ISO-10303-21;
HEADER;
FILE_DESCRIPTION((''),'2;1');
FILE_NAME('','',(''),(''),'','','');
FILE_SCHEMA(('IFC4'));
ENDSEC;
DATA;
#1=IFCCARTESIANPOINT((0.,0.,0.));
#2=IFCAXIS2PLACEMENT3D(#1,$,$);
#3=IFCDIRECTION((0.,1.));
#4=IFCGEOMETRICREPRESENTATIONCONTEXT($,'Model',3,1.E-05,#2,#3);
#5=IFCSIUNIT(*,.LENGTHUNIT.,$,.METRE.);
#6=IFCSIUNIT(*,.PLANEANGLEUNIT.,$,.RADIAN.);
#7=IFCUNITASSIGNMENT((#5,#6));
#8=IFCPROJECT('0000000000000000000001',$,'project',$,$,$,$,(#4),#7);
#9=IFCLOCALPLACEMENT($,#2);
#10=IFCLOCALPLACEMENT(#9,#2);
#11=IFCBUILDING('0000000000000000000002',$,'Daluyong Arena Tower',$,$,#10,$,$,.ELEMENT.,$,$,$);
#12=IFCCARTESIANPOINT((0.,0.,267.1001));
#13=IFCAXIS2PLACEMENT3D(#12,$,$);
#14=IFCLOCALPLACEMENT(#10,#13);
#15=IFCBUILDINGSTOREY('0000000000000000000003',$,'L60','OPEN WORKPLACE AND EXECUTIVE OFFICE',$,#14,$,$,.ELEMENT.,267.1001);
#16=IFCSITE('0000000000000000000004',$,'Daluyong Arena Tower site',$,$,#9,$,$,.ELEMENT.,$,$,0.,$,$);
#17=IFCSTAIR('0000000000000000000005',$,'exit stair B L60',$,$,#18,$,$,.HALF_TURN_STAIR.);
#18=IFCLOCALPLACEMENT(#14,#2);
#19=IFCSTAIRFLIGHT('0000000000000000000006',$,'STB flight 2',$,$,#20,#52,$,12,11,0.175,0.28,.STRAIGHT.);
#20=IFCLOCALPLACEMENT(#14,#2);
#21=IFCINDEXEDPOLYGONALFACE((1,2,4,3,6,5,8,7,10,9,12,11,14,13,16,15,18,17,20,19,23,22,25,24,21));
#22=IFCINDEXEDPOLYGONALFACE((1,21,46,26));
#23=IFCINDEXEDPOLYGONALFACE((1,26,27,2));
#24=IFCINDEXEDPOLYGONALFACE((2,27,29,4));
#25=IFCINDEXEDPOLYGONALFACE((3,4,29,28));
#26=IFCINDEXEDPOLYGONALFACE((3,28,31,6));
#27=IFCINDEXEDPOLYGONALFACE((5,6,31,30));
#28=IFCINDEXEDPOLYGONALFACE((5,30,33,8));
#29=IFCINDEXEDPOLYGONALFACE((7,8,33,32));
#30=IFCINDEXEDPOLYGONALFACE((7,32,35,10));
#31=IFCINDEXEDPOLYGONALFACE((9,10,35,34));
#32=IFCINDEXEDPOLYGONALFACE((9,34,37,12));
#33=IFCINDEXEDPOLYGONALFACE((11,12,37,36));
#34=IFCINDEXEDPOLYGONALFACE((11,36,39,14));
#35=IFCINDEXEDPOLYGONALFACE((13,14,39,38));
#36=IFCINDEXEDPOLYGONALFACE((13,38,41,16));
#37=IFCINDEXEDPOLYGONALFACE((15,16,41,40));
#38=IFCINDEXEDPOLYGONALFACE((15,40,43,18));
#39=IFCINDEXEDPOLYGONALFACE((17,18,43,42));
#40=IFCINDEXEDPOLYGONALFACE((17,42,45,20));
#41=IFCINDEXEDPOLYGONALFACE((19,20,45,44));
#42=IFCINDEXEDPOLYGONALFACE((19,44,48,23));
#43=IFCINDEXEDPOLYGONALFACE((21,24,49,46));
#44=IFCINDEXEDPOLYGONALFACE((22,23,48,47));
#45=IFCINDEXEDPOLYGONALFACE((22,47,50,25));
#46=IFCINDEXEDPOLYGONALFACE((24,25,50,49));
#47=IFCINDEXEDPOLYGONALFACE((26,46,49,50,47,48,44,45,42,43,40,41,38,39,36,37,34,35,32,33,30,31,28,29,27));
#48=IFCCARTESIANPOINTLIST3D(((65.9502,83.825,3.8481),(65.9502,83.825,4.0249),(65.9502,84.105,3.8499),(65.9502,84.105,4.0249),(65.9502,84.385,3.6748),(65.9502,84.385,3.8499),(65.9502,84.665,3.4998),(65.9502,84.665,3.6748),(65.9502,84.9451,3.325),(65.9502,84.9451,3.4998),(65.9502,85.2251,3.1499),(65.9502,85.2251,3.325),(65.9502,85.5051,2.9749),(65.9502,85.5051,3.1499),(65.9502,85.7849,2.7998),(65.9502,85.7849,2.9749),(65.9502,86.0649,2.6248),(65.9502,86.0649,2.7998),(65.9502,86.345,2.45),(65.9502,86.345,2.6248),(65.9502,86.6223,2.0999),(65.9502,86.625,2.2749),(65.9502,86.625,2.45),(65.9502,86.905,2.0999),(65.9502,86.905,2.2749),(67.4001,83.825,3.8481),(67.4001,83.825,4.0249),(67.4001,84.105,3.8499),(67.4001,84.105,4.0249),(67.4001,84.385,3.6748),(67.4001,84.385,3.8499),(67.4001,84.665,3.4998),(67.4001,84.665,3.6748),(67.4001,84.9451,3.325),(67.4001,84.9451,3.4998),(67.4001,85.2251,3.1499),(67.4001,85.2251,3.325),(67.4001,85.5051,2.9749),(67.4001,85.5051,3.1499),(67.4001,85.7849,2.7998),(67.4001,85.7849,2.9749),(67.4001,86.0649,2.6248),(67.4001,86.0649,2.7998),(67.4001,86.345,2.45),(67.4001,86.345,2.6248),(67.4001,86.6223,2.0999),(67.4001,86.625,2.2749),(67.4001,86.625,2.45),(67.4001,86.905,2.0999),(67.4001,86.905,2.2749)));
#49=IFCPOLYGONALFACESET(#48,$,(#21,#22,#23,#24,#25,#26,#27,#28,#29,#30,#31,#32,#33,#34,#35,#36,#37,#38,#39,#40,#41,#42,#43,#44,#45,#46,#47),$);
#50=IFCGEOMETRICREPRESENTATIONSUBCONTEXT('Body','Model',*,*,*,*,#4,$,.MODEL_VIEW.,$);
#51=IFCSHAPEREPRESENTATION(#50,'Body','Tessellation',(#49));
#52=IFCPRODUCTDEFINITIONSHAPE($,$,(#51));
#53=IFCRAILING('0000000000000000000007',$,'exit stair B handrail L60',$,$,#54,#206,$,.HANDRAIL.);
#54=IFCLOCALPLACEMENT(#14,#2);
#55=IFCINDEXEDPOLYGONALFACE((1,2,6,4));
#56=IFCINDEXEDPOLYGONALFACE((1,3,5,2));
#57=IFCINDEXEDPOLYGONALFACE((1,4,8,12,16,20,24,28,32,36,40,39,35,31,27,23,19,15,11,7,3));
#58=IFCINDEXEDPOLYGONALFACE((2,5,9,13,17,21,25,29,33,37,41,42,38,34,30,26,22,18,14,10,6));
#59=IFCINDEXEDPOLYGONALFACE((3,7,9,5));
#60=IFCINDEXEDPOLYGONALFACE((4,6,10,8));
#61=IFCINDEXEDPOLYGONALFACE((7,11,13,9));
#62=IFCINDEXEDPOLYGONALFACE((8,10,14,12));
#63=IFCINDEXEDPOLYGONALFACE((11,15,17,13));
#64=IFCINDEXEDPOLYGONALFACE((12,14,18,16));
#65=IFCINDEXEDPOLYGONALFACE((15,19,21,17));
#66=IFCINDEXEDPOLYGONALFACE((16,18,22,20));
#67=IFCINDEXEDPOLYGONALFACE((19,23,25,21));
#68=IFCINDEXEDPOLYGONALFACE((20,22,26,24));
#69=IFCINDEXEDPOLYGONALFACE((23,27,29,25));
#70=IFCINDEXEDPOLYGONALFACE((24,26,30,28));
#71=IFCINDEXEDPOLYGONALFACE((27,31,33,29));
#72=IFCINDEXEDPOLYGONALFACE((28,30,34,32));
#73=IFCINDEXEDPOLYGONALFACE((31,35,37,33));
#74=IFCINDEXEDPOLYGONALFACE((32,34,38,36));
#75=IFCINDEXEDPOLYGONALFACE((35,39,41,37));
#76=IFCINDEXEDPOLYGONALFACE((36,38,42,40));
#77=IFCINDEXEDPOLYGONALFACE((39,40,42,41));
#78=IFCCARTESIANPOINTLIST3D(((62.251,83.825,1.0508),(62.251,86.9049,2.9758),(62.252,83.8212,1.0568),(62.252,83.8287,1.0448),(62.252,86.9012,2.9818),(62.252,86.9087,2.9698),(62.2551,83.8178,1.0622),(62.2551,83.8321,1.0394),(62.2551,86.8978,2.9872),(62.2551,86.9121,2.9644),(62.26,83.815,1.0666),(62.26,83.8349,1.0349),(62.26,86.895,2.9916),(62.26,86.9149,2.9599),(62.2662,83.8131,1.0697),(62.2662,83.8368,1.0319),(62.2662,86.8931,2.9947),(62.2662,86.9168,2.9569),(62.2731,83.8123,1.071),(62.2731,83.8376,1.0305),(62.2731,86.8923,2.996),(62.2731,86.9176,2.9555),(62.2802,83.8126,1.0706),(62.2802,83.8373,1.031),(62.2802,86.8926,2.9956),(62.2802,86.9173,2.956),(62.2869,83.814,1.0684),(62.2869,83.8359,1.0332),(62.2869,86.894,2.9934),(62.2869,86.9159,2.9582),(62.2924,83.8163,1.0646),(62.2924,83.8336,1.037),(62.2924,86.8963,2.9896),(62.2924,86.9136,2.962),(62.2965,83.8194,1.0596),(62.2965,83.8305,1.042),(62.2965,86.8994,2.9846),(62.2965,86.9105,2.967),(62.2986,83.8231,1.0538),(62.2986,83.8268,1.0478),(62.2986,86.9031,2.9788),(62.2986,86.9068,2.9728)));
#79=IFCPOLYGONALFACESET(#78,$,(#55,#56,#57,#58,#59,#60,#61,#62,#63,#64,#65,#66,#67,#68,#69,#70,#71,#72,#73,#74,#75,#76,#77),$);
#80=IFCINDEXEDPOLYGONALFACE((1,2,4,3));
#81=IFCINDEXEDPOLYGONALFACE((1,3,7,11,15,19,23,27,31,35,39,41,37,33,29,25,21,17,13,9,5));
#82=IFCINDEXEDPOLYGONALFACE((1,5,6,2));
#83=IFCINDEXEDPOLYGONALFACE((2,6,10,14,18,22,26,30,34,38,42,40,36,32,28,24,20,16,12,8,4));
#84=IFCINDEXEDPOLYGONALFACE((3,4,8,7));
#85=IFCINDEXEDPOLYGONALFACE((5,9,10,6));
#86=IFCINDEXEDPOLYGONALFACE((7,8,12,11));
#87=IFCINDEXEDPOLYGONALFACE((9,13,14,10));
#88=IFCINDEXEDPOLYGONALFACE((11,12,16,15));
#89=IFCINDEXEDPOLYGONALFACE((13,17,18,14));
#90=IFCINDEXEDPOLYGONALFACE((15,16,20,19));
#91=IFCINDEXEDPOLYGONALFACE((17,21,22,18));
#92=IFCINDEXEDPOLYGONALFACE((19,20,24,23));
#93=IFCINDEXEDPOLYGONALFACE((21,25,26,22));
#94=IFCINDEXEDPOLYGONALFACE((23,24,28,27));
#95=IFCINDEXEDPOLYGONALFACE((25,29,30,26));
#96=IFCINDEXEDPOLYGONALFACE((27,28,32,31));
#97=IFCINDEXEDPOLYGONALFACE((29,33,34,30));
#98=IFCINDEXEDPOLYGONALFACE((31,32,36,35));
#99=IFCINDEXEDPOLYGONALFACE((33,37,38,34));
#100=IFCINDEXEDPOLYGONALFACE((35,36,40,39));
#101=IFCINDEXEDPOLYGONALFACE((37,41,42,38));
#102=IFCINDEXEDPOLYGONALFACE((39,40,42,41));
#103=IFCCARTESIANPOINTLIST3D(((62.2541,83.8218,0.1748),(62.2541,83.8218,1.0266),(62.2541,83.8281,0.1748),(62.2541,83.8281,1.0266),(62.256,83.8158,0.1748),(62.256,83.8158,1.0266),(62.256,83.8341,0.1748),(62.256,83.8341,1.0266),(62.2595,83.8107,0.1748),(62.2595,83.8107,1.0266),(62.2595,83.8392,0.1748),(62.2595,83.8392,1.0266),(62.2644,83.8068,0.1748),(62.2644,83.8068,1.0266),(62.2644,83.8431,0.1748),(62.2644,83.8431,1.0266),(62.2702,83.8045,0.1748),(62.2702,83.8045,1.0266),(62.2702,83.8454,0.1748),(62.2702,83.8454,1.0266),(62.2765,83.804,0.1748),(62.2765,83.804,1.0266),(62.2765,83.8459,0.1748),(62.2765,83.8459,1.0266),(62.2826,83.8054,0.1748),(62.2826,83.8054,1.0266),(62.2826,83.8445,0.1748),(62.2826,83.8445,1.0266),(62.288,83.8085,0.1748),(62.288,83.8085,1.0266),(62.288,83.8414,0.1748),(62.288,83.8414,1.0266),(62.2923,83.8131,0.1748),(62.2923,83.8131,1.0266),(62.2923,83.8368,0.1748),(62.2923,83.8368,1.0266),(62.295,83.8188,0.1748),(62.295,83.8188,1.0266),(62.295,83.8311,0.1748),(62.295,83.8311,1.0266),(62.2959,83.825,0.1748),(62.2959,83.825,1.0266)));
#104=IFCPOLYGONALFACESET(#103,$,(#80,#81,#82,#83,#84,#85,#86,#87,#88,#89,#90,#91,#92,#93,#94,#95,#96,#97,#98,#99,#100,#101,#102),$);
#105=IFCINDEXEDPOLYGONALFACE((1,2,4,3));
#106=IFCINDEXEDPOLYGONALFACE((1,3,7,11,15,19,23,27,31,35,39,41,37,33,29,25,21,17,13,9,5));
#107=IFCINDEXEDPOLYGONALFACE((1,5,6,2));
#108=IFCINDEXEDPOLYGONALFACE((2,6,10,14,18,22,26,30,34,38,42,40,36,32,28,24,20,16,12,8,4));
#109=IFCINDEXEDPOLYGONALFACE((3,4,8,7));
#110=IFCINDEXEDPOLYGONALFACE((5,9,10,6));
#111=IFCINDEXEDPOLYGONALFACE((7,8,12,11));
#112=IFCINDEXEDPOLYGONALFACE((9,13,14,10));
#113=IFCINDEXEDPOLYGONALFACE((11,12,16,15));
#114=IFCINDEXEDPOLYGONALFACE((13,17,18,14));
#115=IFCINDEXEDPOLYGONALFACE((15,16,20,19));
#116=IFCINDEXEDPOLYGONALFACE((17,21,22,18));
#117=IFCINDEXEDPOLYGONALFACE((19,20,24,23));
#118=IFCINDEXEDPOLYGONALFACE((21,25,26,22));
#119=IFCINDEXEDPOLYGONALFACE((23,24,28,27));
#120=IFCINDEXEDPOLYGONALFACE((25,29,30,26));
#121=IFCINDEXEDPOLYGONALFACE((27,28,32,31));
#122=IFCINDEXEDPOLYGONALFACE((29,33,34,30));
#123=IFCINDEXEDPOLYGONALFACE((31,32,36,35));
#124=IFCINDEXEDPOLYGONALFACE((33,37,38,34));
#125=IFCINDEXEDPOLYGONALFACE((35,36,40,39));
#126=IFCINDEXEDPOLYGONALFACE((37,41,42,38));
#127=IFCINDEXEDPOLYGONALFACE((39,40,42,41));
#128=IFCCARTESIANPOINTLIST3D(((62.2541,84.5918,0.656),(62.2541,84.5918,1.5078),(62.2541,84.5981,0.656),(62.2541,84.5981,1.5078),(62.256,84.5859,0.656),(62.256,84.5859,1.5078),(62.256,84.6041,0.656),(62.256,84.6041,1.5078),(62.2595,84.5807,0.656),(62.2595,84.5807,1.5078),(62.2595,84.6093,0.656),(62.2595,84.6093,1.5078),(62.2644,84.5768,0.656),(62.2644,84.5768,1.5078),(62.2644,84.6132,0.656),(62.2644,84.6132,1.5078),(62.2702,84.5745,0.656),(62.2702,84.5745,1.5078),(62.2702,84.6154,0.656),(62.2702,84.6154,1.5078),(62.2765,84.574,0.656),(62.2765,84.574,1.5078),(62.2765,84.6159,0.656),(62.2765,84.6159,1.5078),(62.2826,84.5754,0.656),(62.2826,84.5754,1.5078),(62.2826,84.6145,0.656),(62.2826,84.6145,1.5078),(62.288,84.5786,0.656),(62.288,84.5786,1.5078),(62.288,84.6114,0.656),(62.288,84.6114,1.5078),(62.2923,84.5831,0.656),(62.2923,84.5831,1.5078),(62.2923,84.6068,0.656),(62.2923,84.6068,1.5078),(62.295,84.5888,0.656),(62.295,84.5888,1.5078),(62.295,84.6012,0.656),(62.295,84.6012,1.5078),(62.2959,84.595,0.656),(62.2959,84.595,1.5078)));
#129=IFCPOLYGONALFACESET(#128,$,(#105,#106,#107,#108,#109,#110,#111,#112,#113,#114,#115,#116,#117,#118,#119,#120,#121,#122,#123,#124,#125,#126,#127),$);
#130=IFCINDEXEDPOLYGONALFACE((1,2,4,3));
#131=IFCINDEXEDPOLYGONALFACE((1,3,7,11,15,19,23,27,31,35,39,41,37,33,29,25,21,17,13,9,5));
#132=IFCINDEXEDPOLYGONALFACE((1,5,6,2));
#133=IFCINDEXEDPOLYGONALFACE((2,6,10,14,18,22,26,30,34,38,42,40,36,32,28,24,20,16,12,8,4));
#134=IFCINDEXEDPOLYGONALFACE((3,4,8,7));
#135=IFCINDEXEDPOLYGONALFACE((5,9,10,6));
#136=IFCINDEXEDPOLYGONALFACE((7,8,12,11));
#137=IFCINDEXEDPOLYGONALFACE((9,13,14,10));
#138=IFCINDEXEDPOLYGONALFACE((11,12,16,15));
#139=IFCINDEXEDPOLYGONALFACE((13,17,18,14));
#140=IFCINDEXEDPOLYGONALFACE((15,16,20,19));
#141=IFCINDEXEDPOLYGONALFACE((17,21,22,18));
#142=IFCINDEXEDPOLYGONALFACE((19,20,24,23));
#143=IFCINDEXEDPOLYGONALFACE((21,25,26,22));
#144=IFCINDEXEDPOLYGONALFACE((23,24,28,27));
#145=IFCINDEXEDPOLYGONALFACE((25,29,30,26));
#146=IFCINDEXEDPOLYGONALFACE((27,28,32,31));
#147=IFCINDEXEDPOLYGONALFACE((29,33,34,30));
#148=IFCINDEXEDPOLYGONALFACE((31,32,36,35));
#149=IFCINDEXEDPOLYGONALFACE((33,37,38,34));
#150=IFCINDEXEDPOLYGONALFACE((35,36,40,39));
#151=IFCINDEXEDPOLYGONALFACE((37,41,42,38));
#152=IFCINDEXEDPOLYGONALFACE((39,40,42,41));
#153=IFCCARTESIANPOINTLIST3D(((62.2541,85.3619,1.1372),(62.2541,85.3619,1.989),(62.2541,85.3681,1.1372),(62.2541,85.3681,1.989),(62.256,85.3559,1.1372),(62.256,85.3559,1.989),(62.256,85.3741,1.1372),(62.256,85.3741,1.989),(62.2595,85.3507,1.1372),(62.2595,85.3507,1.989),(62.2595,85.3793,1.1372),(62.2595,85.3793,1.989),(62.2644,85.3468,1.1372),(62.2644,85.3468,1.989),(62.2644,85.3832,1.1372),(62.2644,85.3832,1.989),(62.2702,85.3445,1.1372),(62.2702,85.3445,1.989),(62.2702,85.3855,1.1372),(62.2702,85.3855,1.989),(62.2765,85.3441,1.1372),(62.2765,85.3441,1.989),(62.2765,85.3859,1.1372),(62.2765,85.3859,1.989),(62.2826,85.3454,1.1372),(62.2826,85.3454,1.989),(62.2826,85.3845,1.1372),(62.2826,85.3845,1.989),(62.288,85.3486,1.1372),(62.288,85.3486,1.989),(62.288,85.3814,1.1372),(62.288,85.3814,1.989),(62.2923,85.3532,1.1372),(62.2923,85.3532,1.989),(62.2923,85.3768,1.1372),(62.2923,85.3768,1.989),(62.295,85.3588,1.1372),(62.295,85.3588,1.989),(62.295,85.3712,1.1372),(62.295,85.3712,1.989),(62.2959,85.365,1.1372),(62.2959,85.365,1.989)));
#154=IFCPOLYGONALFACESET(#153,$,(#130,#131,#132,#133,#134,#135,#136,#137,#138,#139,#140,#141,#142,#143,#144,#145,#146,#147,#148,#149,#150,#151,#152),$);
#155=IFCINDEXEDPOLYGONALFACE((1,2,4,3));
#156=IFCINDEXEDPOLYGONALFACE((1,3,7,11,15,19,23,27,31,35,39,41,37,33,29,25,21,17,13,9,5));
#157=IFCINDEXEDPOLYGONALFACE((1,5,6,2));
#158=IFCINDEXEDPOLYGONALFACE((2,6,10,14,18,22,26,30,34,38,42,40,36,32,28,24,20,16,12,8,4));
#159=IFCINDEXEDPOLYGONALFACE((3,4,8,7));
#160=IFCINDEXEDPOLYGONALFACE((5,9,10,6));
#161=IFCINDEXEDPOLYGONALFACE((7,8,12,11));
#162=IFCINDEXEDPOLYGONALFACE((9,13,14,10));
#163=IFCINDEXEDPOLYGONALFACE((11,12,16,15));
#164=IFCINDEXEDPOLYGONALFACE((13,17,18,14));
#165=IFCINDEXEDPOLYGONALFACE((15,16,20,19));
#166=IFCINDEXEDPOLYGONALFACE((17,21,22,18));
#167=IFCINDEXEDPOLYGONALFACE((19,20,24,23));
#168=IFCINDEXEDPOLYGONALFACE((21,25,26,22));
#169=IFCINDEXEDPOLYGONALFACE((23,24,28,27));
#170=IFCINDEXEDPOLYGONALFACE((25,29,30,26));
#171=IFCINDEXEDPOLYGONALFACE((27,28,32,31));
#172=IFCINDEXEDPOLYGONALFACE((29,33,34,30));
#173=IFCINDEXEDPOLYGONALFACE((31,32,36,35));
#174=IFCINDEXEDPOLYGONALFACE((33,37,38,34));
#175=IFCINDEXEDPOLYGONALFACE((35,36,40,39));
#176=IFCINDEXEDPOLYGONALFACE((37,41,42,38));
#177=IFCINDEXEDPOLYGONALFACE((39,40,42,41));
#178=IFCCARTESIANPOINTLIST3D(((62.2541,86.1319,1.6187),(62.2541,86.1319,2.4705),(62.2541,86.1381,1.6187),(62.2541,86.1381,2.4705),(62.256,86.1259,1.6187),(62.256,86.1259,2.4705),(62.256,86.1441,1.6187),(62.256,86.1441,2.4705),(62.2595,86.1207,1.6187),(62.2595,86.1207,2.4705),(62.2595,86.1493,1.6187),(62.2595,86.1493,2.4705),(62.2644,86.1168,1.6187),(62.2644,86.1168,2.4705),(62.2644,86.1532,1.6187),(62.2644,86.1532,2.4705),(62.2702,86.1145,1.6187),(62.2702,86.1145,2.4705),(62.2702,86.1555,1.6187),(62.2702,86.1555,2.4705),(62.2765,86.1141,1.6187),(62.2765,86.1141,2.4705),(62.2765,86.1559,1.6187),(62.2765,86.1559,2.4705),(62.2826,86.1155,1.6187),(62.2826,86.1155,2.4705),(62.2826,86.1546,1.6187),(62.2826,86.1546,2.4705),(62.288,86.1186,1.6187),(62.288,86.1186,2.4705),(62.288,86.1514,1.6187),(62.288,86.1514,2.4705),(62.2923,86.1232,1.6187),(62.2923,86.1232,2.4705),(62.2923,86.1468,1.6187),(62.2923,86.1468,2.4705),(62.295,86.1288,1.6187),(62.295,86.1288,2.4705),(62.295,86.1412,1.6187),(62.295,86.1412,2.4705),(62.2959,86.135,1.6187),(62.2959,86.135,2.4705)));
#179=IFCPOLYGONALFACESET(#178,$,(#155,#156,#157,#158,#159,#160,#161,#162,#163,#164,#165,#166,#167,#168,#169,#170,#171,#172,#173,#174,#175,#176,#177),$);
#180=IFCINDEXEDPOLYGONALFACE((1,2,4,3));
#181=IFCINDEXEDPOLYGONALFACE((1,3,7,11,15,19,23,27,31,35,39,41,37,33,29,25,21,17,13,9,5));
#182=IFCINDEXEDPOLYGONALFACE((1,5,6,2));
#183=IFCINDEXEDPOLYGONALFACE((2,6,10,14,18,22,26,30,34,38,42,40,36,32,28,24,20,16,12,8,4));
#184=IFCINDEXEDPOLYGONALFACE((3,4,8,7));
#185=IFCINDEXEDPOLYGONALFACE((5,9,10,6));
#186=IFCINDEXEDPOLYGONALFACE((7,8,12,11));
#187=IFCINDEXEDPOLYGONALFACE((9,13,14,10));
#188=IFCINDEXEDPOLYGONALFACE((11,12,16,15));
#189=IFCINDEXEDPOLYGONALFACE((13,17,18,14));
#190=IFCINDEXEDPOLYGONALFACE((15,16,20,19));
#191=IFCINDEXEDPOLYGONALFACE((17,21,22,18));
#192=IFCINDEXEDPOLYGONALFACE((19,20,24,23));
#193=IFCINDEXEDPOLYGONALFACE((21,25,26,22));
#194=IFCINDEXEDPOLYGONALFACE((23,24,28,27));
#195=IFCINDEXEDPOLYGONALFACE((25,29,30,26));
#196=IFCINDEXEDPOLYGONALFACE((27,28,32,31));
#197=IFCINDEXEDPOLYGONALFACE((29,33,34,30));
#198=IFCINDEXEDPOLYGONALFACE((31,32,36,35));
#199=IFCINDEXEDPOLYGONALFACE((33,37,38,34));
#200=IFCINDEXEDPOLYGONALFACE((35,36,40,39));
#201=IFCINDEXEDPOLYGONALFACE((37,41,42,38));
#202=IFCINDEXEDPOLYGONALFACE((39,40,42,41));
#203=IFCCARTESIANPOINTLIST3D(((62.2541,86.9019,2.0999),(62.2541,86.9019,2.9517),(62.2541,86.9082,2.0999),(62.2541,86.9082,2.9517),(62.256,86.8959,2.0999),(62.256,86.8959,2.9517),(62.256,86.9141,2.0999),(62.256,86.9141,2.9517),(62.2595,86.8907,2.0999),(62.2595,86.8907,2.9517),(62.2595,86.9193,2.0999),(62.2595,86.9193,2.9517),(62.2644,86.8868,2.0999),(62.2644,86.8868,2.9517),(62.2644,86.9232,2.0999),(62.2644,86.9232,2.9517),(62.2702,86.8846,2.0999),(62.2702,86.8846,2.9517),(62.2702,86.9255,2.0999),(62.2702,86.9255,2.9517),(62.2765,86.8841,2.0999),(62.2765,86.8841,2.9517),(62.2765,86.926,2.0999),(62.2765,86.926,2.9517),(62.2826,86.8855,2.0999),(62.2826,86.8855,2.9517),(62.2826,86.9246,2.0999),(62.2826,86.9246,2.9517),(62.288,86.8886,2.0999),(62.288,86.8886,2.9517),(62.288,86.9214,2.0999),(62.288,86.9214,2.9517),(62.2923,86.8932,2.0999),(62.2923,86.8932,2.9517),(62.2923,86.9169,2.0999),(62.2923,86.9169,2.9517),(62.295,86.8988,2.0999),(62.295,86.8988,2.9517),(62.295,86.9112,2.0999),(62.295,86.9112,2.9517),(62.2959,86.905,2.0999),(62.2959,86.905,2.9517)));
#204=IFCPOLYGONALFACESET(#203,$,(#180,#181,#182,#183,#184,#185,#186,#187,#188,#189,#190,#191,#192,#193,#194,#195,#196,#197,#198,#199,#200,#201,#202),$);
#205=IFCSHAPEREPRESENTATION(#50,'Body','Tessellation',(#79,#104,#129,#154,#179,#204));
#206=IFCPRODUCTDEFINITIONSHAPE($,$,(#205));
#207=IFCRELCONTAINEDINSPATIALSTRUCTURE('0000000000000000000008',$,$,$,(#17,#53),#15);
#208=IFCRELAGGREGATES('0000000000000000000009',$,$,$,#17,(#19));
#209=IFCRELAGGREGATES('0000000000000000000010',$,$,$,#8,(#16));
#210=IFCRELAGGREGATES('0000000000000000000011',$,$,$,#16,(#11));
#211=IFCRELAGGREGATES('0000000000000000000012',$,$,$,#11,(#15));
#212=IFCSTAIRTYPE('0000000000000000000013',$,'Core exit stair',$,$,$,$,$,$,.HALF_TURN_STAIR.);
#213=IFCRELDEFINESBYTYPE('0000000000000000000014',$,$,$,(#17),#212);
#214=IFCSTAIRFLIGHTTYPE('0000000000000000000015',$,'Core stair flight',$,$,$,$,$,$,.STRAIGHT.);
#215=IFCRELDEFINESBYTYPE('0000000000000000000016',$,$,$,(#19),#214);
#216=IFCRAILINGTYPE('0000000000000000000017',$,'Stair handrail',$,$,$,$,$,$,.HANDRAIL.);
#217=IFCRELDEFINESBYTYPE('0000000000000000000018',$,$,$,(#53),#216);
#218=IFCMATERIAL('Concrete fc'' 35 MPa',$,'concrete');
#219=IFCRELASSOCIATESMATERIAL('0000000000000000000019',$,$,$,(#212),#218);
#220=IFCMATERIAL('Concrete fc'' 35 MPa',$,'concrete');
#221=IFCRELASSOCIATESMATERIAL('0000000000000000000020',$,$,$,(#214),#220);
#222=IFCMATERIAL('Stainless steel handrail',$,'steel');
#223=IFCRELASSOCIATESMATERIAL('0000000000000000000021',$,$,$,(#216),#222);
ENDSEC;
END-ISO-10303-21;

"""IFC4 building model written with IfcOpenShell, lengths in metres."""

from ifc_helpers import new_model, si_unit, direction, frame, origin, origin_2d, place, context, subcontext, project, spatial, polyline, circle, outline, extrude, material, type_object, element, aggregate, save


model = new_model("IFC4")

# Units and contexts
model_context = context("Model", 3, precision=1e-05, world=origin(), true_north=direction((0.0, 1.0)))
body_context = subcontext(model_context, "Body", "Model", "MODEL_VIEW")
ifc_project = project(units=[si_unit("LENGTHUNIT", "METRE"), si_unit("PLANEANGLEUNIT", "RADIAN")], contexts=[model_context])

# Site, building, storey
site_placement = place(None, origin())
site = spatial("IfcSite", under=ifc_project, at=site_placement, Name="Daluyong Arena Tower site", CompositionType="ELEMENT", RefElevation=0.0)
building_placement = place(site_placement, origin())
building = spatial("IfcBuilding", under=site, at=building_placement, Name="Daluyong Arena Tower", CompositionType="ELEMENT")
storey_placement = place(building_placement, frame((0.0, 0.0, 267.1001)))
storey = spatial("IfcBuildingStorey", under=building, at=storey_placement, Name="L60", Description="OPEN WORKPLACE AND EXECUTIVE OFFICE", CompositionType="ELEMENT", Elevation=267.1001)

# Stair, stair flight
ifc_material_1 = material(Name="Concrete fc' 35 MPa", Category="concrete")
stair_type = type_object("IfcStairType", Name="Core exit stair", PredefinedType="HALF_TURN_STAIR", material=ifc_material_1)
stair_placement = place(storey_placement, origin())
stair = element("IfcStair", 1, at=stair_placement, inside=storey, type_object=stair_type, Name="exit stair B L60", PredefinedType="HALF_TURN_STAIR")
ifc_material_2 = material(Name="Concrete fc' 35 MPa", Category="concrete")
stair_flight_type = type_object("IfcStairFlightType", Name="Core stair flight", PredefinedType="STRAIGHT", material=ifc_material_2)
stair_flight_1_placement = place(storey_placement, frame((66.675, 86.905, 2.0999), z_axis=(0.0, 0.0, 1.0), x_axis=(0.0, -1.0, 0.0)))
stair_flight_1 = element("IfcStairFlight", 2, at=stair_flight_1_placement, type_object=stair_flight_type, Name="STB flight 2", NumberOfRisers=12, NumberOfTreads=11, PredefinedType="STRAIGHT", RiserHeight=0.175, TreadLength=0.28, context=body_context, shape_type="SweptSolid", body=[
    extrude(outline(polyline([(0.0, 0.0), (0.0, 0.175), (0.28, 0.175), (0.28, 0.3501), (0.5601, 0.3501), (0.5601, 0.5249), (0.8401, 0.5249), (0.8401, 0.7), (1.1201, 0.7), (1.1201, 0.875), (1.3999, 0.875), (1.3999, 1.05), (1.6799, 1.05), (1.6799, 1.2251), (1.96, 1.2251), (1.96, 1.3999), (2.24, 1.3999), (2.24, 1.575), (2.52, 1.575), (2.52, 1.75), (2.8, 1.75), (2.8, 1.925), (3.0801, 1.925), (3.0801, 2.1001), (3.0801, 1.7483), (0.2827, 0.0), (0.0, 0.0)])), frame((0.0, 0.7251, 0.0), z_axis=(0.0, -1.0, 0.0), x_axis=(1.0, 0.0, 0.0)), (0.0, 0.0, 1.0), 1.45),
])
aggregate(stair, [stair_flight_1])

# Railing
ifc_material_3 = material(Name="Stainless steel handrail", Category="steel")
railing_type_1 = type_object("IfcRailingType", Name="Stair handrail", PredefinedType="HANDRAIL", material=ifc_material_3)
railing_1_placement = place(storey_placement, frame((62.2749, 83.825, 0.1748)))
element("IfcRailing", 3, at=railing_1_placement, inside=storey, type_object=railing_type_1, Name="exit stair B handrail L60", PredefinedType="HANDRAIL", context=body_context, shape_type="SweptSolid", body=[
    extrude(circle(Radius=0.0239, at=origin_2d()), frame((0.0, 0.0, 0.876), z_axis=(0.0, 0.847998, 0.529999), x_axis=(-1.0, 0.0, 0.0)), (0.0, 0.0, 1.0), 3.6321),
    extrude(circle(Radius=0.021, at=origin_2d()), origin(), (0.0, 0.0, 1.0), 0.8518),
    extrude(circle(Radius=0.021, at=origin_2d()), frame((0.0, 0.77, 0.4812)), (0.0, 0.0, 1.0), 0.8518),
    extrude(circle(Radius=0.021, at=origin_2d()), frame((0.0, 1.54, 0.9624)), (0.0, 0.0, 1.0), 0.8518),
    extrude(circle(Radius=0.021, at=origin_2d()), frame((0.0, 2.3101, 1.4438)), (0.0, 0.0, 1.0), 0.8518),
    extrude(circle(Radius=0.021, at=origin_2d()), frame((0.0, 3.0801, 1.925)), (0.0, 0.0, 1.0), 0.8518),
])

save(model, "model.ifc")
